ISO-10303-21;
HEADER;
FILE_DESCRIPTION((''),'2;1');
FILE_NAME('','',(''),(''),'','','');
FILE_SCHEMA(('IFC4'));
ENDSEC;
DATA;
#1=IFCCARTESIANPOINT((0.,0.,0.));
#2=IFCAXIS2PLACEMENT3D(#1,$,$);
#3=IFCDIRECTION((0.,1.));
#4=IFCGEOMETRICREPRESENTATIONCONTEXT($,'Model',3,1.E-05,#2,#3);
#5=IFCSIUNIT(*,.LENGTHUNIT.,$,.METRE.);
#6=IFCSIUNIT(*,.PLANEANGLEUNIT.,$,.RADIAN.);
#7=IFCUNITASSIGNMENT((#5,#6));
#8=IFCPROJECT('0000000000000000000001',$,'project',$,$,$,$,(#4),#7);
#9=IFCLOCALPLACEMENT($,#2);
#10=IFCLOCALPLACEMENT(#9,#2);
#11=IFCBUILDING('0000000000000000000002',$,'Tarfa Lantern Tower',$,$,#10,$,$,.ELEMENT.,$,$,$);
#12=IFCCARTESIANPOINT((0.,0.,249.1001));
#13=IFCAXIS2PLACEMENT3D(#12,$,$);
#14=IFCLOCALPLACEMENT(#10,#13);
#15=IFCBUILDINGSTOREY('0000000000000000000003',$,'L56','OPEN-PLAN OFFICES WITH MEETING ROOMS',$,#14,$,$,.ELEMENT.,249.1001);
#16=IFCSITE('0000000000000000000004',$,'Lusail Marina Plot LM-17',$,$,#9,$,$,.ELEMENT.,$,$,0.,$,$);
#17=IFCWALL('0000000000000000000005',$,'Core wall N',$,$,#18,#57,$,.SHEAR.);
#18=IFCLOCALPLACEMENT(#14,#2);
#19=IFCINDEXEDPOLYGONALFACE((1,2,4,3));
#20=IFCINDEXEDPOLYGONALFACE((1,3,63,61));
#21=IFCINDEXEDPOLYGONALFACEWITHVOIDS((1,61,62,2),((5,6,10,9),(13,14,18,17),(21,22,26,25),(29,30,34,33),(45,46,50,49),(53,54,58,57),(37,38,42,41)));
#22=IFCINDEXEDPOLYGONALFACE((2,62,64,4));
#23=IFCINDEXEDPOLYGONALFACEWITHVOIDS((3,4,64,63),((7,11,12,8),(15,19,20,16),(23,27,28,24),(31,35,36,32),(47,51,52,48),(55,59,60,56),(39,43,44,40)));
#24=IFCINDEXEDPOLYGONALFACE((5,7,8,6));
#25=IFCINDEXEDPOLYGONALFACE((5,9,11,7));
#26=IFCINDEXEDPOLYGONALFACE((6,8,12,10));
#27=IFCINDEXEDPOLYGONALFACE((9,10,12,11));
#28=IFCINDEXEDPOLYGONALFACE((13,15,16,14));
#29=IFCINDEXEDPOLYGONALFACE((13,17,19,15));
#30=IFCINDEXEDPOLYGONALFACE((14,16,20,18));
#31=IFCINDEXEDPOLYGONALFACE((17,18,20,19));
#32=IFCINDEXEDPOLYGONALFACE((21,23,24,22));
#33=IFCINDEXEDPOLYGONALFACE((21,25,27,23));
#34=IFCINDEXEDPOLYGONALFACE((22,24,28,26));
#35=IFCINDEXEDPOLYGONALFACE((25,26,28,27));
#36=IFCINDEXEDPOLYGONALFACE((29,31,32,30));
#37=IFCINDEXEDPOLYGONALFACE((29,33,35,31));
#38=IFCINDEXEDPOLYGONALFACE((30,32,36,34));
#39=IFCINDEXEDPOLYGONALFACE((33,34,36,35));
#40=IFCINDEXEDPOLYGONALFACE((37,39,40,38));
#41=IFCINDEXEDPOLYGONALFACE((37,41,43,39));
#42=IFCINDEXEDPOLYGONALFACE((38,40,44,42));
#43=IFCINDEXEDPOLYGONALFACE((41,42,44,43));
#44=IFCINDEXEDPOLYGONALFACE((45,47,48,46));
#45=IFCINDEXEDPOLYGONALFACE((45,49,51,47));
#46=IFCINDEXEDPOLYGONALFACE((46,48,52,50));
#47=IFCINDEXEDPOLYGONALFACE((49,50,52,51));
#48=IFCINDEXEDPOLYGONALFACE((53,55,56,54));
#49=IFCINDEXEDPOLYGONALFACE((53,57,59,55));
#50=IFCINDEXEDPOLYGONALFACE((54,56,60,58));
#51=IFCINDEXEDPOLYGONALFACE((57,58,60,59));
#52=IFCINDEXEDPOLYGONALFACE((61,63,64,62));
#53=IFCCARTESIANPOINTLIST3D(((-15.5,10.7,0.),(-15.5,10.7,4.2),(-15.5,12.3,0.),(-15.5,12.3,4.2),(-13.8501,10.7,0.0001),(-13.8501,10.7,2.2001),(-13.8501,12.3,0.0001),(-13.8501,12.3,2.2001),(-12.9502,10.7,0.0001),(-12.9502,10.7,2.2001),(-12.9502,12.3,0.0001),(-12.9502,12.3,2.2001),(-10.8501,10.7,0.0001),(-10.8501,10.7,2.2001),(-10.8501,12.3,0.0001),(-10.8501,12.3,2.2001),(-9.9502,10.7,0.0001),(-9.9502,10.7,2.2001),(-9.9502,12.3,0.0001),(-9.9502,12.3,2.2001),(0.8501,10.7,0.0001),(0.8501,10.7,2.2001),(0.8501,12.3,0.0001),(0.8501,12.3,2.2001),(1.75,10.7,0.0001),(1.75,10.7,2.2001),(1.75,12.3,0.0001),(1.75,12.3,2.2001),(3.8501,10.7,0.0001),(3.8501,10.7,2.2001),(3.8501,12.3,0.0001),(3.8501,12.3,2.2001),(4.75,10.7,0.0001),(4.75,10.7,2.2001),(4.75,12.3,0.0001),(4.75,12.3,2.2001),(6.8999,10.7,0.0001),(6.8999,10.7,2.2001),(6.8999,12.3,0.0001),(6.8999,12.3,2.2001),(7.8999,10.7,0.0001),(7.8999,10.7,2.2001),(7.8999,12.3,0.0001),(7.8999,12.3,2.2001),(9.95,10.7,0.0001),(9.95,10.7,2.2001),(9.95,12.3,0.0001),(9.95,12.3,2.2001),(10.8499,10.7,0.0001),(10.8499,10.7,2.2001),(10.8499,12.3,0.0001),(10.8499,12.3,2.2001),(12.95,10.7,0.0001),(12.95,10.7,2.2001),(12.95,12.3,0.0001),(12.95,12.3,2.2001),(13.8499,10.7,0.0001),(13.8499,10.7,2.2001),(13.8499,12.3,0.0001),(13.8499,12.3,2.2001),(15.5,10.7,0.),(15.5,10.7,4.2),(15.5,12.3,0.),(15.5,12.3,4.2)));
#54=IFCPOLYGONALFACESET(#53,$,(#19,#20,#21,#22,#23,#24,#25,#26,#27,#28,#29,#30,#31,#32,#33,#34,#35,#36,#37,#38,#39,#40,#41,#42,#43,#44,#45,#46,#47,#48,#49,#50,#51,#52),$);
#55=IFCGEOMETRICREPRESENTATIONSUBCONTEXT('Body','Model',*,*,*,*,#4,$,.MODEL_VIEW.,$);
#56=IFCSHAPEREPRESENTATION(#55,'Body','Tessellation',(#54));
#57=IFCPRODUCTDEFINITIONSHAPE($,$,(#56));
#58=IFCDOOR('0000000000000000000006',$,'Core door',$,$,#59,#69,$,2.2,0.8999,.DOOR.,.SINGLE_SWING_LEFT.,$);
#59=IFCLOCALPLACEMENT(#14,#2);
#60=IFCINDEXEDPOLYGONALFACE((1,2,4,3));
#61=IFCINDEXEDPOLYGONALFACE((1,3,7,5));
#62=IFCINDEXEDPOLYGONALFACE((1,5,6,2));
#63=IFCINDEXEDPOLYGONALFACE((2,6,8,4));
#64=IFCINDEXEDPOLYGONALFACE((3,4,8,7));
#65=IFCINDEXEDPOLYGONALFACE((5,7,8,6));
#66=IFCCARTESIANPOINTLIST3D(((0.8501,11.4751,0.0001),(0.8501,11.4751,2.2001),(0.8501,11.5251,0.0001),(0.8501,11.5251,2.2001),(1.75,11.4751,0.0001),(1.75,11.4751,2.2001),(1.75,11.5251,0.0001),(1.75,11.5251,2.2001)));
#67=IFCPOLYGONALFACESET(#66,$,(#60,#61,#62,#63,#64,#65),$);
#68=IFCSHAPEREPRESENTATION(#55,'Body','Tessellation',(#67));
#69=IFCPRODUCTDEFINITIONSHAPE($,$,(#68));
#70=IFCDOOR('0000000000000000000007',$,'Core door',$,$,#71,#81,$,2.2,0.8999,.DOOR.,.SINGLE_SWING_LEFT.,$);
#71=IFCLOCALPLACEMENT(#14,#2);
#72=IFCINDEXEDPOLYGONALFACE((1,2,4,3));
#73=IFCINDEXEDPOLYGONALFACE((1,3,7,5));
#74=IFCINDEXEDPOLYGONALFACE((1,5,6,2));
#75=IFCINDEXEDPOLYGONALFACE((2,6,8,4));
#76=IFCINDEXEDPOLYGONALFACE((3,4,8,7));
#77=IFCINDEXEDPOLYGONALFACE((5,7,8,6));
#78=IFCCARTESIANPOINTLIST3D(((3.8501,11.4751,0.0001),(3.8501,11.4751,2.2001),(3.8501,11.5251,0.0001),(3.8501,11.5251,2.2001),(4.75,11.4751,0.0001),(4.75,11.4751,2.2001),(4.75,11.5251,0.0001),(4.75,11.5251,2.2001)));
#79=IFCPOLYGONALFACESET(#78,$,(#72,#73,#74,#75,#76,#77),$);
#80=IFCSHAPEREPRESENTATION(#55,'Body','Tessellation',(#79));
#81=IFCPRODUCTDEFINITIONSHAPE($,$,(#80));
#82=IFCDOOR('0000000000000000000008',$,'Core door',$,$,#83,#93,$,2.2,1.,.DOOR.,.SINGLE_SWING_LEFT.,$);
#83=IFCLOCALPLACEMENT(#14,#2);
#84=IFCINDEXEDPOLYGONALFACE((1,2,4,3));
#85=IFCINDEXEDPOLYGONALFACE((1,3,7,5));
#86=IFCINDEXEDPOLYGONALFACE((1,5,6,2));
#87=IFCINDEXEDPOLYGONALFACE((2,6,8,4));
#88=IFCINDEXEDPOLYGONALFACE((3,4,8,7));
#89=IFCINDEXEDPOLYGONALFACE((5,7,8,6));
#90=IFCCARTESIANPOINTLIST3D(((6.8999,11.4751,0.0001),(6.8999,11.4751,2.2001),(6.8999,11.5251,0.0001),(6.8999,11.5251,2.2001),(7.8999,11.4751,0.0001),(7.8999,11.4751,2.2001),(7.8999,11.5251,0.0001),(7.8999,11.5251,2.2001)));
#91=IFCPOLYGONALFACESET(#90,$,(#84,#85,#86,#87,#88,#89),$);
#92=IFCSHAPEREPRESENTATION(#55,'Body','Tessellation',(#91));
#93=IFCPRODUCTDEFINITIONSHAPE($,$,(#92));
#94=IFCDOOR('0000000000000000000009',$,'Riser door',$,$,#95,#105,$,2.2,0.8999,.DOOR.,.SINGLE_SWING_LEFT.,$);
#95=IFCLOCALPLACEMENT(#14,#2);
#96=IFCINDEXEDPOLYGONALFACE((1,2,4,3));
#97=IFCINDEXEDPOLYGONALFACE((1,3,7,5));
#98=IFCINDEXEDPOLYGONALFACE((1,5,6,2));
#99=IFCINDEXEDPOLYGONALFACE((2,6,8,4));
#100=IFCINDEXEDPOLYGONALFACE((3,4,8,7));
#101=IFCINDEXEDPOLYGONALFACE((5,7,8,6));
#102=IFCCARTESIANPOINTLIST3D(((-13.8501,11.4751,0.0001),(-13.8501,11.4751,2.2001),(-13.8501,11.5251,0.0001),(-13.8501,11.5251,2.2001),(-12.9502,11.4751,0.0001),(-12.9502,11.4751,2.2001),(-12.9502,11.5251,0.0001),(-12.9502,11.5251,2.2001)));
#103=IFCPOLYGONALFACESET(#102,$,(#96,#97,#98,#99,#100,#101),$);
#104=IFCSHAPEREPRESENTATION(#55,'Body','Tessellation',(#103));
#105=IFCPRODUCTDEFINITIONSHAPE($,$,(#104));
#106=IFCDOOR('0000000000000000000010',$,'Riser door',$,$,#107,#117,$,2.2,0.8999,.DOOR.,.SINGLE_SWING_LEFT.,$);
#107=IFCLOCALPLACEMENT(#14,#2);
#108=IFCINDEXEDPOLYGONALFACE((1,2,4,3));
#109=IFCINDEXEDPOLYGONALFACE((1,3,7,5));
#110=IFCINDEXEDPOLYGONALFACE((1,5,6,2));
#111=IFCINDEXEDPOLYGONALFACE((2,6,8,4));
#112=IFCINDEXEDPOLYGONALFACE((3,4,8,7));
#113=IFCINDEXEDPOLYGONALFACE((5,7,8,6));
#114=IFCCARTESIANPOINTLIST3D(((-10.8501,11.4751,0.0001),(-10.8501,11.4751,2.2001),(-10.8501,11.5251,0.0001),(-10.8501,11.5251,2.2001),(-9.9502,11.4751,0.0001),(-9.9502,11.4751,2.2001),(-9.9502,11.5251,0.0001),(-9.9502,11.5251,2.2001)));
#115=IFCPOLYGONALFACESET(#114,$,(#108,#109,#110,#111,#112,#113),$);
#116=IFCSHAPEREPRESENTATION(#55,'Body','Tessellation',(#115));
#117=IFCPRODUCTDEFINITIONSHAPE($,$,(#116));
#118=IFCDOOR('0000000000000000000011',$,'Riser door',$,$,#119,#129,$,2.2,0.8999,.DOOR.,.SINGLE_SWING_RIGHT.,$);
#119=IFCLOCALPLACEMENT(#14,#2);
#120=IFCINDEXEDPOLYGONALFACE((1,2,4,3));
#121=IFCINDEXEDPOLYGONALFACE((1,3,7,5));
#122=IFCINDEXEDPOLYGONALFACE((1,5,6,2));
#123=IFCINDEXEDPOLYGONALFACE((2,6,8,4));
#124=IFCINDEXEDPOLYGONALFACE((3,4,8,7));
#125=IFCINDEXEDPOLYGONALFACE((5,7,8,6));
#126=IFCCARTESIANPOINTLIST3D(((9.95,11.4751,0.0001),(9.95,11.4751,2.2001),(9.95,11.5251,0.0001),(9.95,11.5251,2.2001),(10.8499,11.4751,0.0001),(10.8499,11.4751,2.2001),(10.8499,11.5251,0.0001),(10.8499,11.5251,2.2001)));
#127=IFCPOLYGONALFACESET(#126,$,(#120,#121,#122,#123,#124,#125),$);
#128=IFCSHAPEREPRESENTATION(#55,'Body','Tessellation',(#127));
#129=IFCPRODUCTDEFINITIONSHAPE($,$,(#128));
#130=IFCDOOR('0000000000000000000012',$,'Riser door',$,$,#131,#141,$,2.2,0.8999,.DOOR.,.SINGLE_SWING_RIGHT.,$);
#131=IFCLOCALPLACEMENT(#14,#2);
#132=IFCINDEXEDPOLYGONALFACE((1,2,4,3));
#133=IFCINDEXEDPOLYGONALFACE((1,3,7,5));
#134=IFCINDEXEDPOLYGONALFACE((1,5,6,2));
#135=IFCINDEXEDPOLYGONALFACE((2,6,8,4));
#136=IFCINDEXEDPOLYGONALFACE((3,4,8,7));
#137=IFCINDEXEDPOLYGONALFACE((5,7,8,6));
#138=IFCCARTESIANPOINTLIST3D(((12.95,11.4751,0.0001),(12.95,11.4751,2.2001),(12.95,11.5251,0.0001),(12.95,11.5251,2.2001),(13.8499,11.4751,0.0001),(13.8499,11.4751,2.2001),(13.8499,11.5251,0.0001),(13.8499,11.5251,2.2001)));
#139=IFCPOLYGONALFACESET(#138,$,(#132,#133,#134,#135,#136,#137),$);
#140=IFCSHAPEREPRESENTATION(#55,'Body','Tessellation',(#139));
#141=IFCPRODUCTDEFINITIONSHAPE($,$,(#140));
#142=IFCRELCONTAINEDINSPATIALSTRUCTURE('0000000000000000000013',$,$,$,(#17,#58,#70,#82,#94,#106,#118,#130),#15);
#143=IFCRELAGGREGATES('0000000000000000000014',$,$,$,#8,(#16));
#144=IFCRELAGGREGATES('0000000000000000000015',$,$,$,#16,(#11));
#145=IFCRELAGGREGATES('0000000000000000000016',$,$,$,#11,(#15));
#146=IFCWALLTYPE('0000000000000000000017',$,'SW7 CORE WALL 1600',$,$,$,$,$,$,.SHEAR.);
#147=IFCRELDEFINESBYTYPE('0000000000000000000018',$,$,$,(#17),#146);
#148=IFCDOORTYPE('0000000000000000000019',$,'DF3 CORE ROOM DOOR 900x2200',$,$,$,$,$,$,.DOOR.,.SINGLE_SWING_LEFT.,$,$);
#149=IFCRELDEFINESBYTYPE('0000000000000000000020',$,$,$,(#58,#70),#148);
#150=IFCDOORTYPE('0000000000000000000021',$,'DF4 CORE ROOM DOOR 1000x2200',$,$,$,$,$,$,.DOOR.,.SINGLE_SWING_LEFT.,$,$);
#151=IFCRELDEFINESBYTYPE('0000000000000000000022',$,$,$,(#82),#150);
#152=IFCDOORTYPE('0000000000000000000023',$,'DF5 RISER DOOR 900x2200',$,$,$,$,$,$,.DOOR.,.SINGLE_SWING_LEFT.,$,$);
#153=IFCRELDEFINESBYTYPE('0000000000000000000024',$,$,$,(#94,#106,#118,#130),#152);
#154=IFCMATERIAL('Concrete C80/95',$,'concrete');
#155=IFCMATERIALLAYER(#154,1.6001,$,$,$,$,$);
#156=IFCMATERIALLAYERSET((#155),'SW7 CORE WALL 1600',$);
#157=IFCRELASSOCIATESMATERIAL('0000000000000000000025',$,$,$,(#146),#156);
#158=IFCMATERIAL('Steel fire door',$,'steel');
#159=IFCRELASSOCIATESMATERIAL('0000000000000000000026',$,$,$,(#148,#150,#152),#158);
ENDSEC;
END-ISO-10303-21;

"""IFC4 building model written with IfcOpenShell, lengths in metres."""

from ifc_helpers import new_model, si_unit, direction, frame, frame_2d, origin, place, context, subcontext, project, spatial, rectangle, extrude, material, layer, layer_set, type_object, element, fill, save


model = new_model("IFC4")

# Units and contexts
model_context = context("Model", 3, precision=1e-05, world=origin(), true_north=direction((0.0, 1.0)))
body_context = subcontext(model_context, "Body", "Model", "MODEL_VIEW")
ifc_project = project(units=[si_unit("LENGTHUNIT", "METRE"), si_unit("PLANEANGLEUNIT", "RADIAN")], contexts=[model_context])

# Site, building, storey
site_placement = place(None, origin())
site = spatial("IfcSite", under=ifc_project, at=site_placement, Name="Lusail Marina Plot LM-17", CompositionType="ELEMENT", RefElevation=0.0)
building_placement = place(site_placement, origin())
building = spatial("IfcBuilding", under=site, at=building_placement, Name="Tarfa Lantern Tower", CompositionType="ELEMENT")
storey_placement = place(building_placement, frame((0.0, 0.0, 249.1001)))
storey = spatial("IfcBuildingStorey", under=building, at=storey_placement, Name="L56", Description="OPEN-PLAN OFFICES WITH MEETING ROOMS", CompositionType="ELEMENT", Elevation=249.1001)

# Shared definitions
ifc_material_1 = material(Name="Concrete C80/95", Category="concrete")
ifc_material_2 = material(Name="Steel fire door", Category="steel")

# Wall, openings, doors
ifc_layer_1 = layer(ifc_material_1, 1.6001)
ifc_layer_set_1 = layer_set([ifc_layer_1], Name="SW7 CORE WALL 1600")
wall_type_1 = type_object("IfcWallType", Name="SW7 CORE WALL 1600", PredefinedType="SHEAR", material=ifc_layer_set_1)
wall_1_placement = place(storey_placement, frame((-15.5, 11.5, 0.0), z_axis=(0.0, 0.0, 1.0), x_axis=(1.0, 0.0, 0.0)))
wall_1 = element("IfcWall", 1, at=wall_1_placement, inside=storey, type_object=wall_type_1, Name="Core wall N", PredefinedType="SHEAR", context=body_context, shape_type="SweptSolid", body=[
    extrude(rectangle(XDim=31.0, YDim=1.6001, at=frame_2d((15.5, 0.0))), origin(), (0.0, 0.0, 1.0), 4.2),
])
opening_1_placement = place(wall_1_placement, frame((16.3501, 0.0, 0.0)))
opening_1 = element("IfcOpeningElement", 2, at=opening_1_placement, cuts=wall_1, PredefinedType="OPENING", context=body_context, shape_type="SweptSolid", body=[
    extrude(rectangle(XDim=0.8999, YDim=2.2, at=frame_2d((0.45, 1.1001))), frame((0.0, 0.8101, 0.0), z_axis=(0.0, -1.0, 0.0), x_axis=(1.0, 0.0, 0.0)), (0.0, 0.0, 1.0), 1.6201),
])
opening_2_placement = place(wall_1_placement, frame((19.3501, 0.0, 0.0)))
opening_2 = element("IfcOpeningElement", 3, at=opening_2_placement, cuts=wall_1, PredefinedType="OPENING", context=body_context, shape_type="SweptSolid", body=[
    extrude(rectangle(XDim=0.8999, YDim=2.2, at=frame_2d((0.45, 1.1001))), frame((0.0, 0.8101, 0.0), z_axis=(0.0, -1.0, 0.0), x_axis=(1.0, 0.0, 0.0)), (0.0, 0.0, 1.0), 1.6201),
])
opening_3_placement = place(wall_1_placement, frame((22.3999, 0.0, 0.0)))
opening_3 = element("IfcOpeningElement", 4, at=opening_3_placement, cuts=wall_1, PredefinedType="OPENING", context=body_context, shape_type="SweptSolid", body=[
    extrude(rectangle(XDim=1.0, YDim=2.2, at=frame_2d((0.5, 1.1001))), frame((0.0, 0.8101, 0.0), z_axis=(0.0, -1.0, 0.0), x_axis=(1.0, 0.0, 0.0)), (0.0, 0.0, 1.0), 1.6201),
])
opening_4_placement = place(wall_1_placement, frame((1.6499, 0.0, 0.0)))
opening_4 = element("IfcOpeningElement", 5, at=opening_4_placement, cuts=wall_1, PredefinedType="OPENING", context=body_context, shape_type="SweptSolid", body=[
    extrude(rectangle(XDim=0.8999, YDim=2.2, at=frame_2d((0.45, 1.1001))), frame((0.0, 0.8101, 0.0), z_axis=(0.0, -1.0, 0.0), x_axis=(1.0, 0.0, 0.0)), (0.0, 0.0, 1.0), 1.6201),
])
opening_5_placement = place(wall_1_placement, frame((4.6499, 0.0, 0.0)))
opening_5 = element("IfcOpeningElement", 6, at=opening_5_placement, cuts=wall_1, PredefinedType="OPENING", context=body_context, shape_type="SweptSolid", body=[
    extrude(rectangle(XDim=0.8999, YDim=2.2, at=frame_2d((0.45, 1.1001))), frame((0.0, 0.8101, 0.0), z_axis=(0.0, -1.0, 0.0), x_axis=(1.0, 0.0, 0.0)), (0.0, 0.0, 1.0), 1.6201),
])
opening_6_placement = place(wall_1_placement, frame((25.45, 0.0, 0.0)))
opening_6 = element("IfcOpeningElement", 7, at=opening_6_placement, cuts=wall_1, PredefinedType="OPENING", context=body_context, shape_type="SweptSolid", body=[
    extrude(rectangle(XDim=0.8999, YDim=2.2, at=frame_2d((0.45, 1.1001))), frame((0.0, 0.8101, 0.0), z_axis=(0.0, -1.0, 0.0), x_axis=(1.0, 0.0, 0.0)), (0.0, 0.0, 1.0), 1.6201),
])
opening_7_placement = place(wall_1_placement, frame((28.45, 0.0, 0.0)))
opening_7 = element("IfcOpeningElement", 8, at=opening_7_placement, cuts=wall_1, PredefinedType="OPENING", context=body_context, shape_type="SweptSolid", body=[
    extrude(rectangle(XDim=0.8999, YDim=2.2, at=frame_2d((0.45, 1.1001))), frame((0.0, 0.8101, 0.0), z_axis=(0.0, -1.0, 0.0), x_axis=(1.0, 0.0, 0.0)), (0.0, 0.0, 1.0), 1.6201),
])
door_type_1 = type_object("IfcDoorType", Name="DF3 CORE ROOM DOOR 900x2200", OperationType="SINGLE_SWING_LEFT", PredefinedType="DOOR", material=ifc_material_2)
door_1_placement = place(opening_1_placement, frame((0.8999, 0.0, 0.0), z_axis=(0.0, 0.0, 1.0), x_axis=(-1.0, 0.0, 0.0)))
door_1 = element("IfcDoor", 9, at=door_1_placement, inside=storey, type_object=door_type_1, Name="Core door", OperationType="SINGLE_SWING_LEFT", OverallHeight=2.2, OverallWidth=0.8999, PredefinedType="DOOR", context=body_context, shape_type="SweptSolid", body=[
    extrude(rectangle(XDim=0.8999, YDim=2.2, at=frame_2d((0.45, 1.1001))), frame((0.0, 0.0249, 0.0), z_axis=(0.0, -1.0, 0.0), x_axis=(1.0, 0.0, 0.0)), (0.0, 0.0, 1.0), 0.05),
])
fill(opening_1, door_1)
door_2_placement = place(opening_2_placement, frame((0.8999, 0.0, 0.0), z_axis=(0.0, 0.0, 1.0), x_axis=(-1.0, 0.0, 0.0)))
door_2 = element("IfcDoor", 10, at=door_2_placement, inside=storey, type_object=door_type_1, Name="Core door", OperationType="SINGLE_SWING_LEFT", OverallHeight=2.2, OverallWidth=0.8999, PredefinedType="DOOR", context=body_context, shape_type="SweptSolid", body=[
    extrude(rectangle(XDim=0.8999, YDim=2.2, at=frame_2d((0.45, 1.1001))), frame((0.0, 0.0249, 0.0), z_axis=(0.0, -1.0, 0.0), x_axis=(1.0, 0.0, 0.0)), (0.0, 0.0, 1.0), 0.05),
])
fill(opening_2, door_2)
door_type_2 = type_object("IfcDoorType", Name="DF4 CORE ROOM DOOR 1000x2200", OperationType="SINGLE_SWING_LEFT", PredefinedType="DOOR", material=ifc_material_2)
door_3_placement = place(opening_3_placement, frame((1.0, 0.0, 0.0), z_axis=(0.0, 0.0, 1.0), x_axis=(-1.0, 0.0, 0.0)))
door_3 = element("IfcDoor", 11, at=door_3_placement, inside=storey, type_object=door_type_2, Name="Core door", OperationType="SINGLE_SWING_LEFT", OverallHeight=2.2, OverallWidth=1.0, PredefinedType="DOOR", context=body_context, shape_type="SweptSolid", body=[
    extrude(rectangle(XDim=1.0, YDim=2.2, at=frame_2d((0.5, 1.1001))), frame((0.0, 0.0249, 0.0), z_axis=(0.0, -1.0, 0.0), x_axis=(1.0, 0.0, 0.0)), (0.0, 0.0, 1.0), 0.05),
])
fill(opening_3, door_3)
door_type_3 = type_object("IfcDoorType", Name="DF5 RISER DOOR 900x2200", OperationType="SINGLE_SWING_LEFT", PredefinedType="DOOR", material=ifc_material_2)
door_4_placement = place(opening_4_placement, frame((0.8999, 0.0, 0.0), z_axis=(0.0, 0.0, 1.0), x_axis=(-1.0, 0.0, 0.0)))
door_4 = element("IfcDoor", 12, at=door_4_placement, inside=storey, type_object=door_type_3, Name="Riser door", OperationType="SINGLE_SWING_LEFT", OverallHeight=2.2, OverallWidth=0.8999, PredefinedType="DOOR", context=body_context, shape_type="SweptSolid", body=[
    extrude(rectangle(XDim=0.8999, YDim=2.2, at=frame_2d((0.45, 1.1001))), frame((0.0, 0.0249, 0.0), z_axis=(0.0, -1.0, 0.0), x_axis=(1.0, 0.0, 0.0)), (0.0, 0.0, 1.0), 0.05),
])
fill(opening_4, door_4)
door_5_placement = place(opening_5_placement, frame((0.8999, 0.0, 0.0), z_axis=(0.0, 0.0, 1.0), x_axis=(-1.0, 0.0, 0.0)))
door_5 = element("IfcDoor", 13, at=door_5_placement, inside=storey, type_object=door_type_3, Name="Riser door", OperationType="SINGLE_SWING_LEFT", OverallHeight=2.2, OverallWidth=0.8999, PredefinedType="DOOR", context=body_context, shape_type="SweptSolid", body=[
    extrude(rectangle(XDim=0.8999, YDim=2.2, at=frame_2d((0.45, 1.1001))), frame((0.0, 0.0249, 0.0), z_axis=(0.0, -1.0, 0.0), x_axis=(1.0, 0.0, 0.0)), (0.0, 0.0, 1.0), 0.05),
])
fill(opening_5, door_5)
door_6_placement = place(opening_6_placement, frame((0.8999, 0.0, 0.0), z_axis=(0.0, 0.0, 1.0), x_axis=(-1.0, 0.0, 0.0)))
door_6 = element("IfcDoor", 14, at=door_6_placement, inside=storey, type_object=door_type_3, Name="Riser door", OperationType="SINGLE_SWING_RIGHT", OverallHeight=2.2, OverallWidth=0.8999, PredefinedType="DOOR", context=body_context, shape_type="SweptSolid", body=[
    extrude(rectangle(XDim=0.8999, YDim=2.2, at=frame_2d((0.45, 1.1001))), frame((0.0, 0.0249, 0.0), z_axis=(0.0, -1.0, 0.0), x_axis=(1.0, 0.0, 0.0)), (0.0, 0.0, 1.0), 0.05),
])
fill(opening_6, door_6)
door_7_placement = place(opening_7_placement, frame((0.8999, 0.0, 0.0), z_axis=(0.0, 0.0, 1.0), x_axis=(-1.0, 0.0, 0.0)))
door_7 = element("IfcDoor", 15, at=door_7_placement, inside=storey, type_object=door_type_3, Name="Riser door", OperationType="SINGLE_SWING_RIGHT", OverallHeight=2.2, OverallWidth=0.8999, PredefinedType="DOOR", context=body_context, shape_type="SweptSolid", body=[
    extrude(rectangle(XDim=0.8999, YDim=2.2, at=frame_2d((0.45, 1.1001))), frame((0.0, 0.0249, 0.0), z_axis=(0.0, -1.0, 0.0), x_axis=(1.0, 0.0, 0.0)), (0.0, 0.0, 1.0), 0.05),
])
fill(opening_7, door_7)

save(model, "model.ifc")
